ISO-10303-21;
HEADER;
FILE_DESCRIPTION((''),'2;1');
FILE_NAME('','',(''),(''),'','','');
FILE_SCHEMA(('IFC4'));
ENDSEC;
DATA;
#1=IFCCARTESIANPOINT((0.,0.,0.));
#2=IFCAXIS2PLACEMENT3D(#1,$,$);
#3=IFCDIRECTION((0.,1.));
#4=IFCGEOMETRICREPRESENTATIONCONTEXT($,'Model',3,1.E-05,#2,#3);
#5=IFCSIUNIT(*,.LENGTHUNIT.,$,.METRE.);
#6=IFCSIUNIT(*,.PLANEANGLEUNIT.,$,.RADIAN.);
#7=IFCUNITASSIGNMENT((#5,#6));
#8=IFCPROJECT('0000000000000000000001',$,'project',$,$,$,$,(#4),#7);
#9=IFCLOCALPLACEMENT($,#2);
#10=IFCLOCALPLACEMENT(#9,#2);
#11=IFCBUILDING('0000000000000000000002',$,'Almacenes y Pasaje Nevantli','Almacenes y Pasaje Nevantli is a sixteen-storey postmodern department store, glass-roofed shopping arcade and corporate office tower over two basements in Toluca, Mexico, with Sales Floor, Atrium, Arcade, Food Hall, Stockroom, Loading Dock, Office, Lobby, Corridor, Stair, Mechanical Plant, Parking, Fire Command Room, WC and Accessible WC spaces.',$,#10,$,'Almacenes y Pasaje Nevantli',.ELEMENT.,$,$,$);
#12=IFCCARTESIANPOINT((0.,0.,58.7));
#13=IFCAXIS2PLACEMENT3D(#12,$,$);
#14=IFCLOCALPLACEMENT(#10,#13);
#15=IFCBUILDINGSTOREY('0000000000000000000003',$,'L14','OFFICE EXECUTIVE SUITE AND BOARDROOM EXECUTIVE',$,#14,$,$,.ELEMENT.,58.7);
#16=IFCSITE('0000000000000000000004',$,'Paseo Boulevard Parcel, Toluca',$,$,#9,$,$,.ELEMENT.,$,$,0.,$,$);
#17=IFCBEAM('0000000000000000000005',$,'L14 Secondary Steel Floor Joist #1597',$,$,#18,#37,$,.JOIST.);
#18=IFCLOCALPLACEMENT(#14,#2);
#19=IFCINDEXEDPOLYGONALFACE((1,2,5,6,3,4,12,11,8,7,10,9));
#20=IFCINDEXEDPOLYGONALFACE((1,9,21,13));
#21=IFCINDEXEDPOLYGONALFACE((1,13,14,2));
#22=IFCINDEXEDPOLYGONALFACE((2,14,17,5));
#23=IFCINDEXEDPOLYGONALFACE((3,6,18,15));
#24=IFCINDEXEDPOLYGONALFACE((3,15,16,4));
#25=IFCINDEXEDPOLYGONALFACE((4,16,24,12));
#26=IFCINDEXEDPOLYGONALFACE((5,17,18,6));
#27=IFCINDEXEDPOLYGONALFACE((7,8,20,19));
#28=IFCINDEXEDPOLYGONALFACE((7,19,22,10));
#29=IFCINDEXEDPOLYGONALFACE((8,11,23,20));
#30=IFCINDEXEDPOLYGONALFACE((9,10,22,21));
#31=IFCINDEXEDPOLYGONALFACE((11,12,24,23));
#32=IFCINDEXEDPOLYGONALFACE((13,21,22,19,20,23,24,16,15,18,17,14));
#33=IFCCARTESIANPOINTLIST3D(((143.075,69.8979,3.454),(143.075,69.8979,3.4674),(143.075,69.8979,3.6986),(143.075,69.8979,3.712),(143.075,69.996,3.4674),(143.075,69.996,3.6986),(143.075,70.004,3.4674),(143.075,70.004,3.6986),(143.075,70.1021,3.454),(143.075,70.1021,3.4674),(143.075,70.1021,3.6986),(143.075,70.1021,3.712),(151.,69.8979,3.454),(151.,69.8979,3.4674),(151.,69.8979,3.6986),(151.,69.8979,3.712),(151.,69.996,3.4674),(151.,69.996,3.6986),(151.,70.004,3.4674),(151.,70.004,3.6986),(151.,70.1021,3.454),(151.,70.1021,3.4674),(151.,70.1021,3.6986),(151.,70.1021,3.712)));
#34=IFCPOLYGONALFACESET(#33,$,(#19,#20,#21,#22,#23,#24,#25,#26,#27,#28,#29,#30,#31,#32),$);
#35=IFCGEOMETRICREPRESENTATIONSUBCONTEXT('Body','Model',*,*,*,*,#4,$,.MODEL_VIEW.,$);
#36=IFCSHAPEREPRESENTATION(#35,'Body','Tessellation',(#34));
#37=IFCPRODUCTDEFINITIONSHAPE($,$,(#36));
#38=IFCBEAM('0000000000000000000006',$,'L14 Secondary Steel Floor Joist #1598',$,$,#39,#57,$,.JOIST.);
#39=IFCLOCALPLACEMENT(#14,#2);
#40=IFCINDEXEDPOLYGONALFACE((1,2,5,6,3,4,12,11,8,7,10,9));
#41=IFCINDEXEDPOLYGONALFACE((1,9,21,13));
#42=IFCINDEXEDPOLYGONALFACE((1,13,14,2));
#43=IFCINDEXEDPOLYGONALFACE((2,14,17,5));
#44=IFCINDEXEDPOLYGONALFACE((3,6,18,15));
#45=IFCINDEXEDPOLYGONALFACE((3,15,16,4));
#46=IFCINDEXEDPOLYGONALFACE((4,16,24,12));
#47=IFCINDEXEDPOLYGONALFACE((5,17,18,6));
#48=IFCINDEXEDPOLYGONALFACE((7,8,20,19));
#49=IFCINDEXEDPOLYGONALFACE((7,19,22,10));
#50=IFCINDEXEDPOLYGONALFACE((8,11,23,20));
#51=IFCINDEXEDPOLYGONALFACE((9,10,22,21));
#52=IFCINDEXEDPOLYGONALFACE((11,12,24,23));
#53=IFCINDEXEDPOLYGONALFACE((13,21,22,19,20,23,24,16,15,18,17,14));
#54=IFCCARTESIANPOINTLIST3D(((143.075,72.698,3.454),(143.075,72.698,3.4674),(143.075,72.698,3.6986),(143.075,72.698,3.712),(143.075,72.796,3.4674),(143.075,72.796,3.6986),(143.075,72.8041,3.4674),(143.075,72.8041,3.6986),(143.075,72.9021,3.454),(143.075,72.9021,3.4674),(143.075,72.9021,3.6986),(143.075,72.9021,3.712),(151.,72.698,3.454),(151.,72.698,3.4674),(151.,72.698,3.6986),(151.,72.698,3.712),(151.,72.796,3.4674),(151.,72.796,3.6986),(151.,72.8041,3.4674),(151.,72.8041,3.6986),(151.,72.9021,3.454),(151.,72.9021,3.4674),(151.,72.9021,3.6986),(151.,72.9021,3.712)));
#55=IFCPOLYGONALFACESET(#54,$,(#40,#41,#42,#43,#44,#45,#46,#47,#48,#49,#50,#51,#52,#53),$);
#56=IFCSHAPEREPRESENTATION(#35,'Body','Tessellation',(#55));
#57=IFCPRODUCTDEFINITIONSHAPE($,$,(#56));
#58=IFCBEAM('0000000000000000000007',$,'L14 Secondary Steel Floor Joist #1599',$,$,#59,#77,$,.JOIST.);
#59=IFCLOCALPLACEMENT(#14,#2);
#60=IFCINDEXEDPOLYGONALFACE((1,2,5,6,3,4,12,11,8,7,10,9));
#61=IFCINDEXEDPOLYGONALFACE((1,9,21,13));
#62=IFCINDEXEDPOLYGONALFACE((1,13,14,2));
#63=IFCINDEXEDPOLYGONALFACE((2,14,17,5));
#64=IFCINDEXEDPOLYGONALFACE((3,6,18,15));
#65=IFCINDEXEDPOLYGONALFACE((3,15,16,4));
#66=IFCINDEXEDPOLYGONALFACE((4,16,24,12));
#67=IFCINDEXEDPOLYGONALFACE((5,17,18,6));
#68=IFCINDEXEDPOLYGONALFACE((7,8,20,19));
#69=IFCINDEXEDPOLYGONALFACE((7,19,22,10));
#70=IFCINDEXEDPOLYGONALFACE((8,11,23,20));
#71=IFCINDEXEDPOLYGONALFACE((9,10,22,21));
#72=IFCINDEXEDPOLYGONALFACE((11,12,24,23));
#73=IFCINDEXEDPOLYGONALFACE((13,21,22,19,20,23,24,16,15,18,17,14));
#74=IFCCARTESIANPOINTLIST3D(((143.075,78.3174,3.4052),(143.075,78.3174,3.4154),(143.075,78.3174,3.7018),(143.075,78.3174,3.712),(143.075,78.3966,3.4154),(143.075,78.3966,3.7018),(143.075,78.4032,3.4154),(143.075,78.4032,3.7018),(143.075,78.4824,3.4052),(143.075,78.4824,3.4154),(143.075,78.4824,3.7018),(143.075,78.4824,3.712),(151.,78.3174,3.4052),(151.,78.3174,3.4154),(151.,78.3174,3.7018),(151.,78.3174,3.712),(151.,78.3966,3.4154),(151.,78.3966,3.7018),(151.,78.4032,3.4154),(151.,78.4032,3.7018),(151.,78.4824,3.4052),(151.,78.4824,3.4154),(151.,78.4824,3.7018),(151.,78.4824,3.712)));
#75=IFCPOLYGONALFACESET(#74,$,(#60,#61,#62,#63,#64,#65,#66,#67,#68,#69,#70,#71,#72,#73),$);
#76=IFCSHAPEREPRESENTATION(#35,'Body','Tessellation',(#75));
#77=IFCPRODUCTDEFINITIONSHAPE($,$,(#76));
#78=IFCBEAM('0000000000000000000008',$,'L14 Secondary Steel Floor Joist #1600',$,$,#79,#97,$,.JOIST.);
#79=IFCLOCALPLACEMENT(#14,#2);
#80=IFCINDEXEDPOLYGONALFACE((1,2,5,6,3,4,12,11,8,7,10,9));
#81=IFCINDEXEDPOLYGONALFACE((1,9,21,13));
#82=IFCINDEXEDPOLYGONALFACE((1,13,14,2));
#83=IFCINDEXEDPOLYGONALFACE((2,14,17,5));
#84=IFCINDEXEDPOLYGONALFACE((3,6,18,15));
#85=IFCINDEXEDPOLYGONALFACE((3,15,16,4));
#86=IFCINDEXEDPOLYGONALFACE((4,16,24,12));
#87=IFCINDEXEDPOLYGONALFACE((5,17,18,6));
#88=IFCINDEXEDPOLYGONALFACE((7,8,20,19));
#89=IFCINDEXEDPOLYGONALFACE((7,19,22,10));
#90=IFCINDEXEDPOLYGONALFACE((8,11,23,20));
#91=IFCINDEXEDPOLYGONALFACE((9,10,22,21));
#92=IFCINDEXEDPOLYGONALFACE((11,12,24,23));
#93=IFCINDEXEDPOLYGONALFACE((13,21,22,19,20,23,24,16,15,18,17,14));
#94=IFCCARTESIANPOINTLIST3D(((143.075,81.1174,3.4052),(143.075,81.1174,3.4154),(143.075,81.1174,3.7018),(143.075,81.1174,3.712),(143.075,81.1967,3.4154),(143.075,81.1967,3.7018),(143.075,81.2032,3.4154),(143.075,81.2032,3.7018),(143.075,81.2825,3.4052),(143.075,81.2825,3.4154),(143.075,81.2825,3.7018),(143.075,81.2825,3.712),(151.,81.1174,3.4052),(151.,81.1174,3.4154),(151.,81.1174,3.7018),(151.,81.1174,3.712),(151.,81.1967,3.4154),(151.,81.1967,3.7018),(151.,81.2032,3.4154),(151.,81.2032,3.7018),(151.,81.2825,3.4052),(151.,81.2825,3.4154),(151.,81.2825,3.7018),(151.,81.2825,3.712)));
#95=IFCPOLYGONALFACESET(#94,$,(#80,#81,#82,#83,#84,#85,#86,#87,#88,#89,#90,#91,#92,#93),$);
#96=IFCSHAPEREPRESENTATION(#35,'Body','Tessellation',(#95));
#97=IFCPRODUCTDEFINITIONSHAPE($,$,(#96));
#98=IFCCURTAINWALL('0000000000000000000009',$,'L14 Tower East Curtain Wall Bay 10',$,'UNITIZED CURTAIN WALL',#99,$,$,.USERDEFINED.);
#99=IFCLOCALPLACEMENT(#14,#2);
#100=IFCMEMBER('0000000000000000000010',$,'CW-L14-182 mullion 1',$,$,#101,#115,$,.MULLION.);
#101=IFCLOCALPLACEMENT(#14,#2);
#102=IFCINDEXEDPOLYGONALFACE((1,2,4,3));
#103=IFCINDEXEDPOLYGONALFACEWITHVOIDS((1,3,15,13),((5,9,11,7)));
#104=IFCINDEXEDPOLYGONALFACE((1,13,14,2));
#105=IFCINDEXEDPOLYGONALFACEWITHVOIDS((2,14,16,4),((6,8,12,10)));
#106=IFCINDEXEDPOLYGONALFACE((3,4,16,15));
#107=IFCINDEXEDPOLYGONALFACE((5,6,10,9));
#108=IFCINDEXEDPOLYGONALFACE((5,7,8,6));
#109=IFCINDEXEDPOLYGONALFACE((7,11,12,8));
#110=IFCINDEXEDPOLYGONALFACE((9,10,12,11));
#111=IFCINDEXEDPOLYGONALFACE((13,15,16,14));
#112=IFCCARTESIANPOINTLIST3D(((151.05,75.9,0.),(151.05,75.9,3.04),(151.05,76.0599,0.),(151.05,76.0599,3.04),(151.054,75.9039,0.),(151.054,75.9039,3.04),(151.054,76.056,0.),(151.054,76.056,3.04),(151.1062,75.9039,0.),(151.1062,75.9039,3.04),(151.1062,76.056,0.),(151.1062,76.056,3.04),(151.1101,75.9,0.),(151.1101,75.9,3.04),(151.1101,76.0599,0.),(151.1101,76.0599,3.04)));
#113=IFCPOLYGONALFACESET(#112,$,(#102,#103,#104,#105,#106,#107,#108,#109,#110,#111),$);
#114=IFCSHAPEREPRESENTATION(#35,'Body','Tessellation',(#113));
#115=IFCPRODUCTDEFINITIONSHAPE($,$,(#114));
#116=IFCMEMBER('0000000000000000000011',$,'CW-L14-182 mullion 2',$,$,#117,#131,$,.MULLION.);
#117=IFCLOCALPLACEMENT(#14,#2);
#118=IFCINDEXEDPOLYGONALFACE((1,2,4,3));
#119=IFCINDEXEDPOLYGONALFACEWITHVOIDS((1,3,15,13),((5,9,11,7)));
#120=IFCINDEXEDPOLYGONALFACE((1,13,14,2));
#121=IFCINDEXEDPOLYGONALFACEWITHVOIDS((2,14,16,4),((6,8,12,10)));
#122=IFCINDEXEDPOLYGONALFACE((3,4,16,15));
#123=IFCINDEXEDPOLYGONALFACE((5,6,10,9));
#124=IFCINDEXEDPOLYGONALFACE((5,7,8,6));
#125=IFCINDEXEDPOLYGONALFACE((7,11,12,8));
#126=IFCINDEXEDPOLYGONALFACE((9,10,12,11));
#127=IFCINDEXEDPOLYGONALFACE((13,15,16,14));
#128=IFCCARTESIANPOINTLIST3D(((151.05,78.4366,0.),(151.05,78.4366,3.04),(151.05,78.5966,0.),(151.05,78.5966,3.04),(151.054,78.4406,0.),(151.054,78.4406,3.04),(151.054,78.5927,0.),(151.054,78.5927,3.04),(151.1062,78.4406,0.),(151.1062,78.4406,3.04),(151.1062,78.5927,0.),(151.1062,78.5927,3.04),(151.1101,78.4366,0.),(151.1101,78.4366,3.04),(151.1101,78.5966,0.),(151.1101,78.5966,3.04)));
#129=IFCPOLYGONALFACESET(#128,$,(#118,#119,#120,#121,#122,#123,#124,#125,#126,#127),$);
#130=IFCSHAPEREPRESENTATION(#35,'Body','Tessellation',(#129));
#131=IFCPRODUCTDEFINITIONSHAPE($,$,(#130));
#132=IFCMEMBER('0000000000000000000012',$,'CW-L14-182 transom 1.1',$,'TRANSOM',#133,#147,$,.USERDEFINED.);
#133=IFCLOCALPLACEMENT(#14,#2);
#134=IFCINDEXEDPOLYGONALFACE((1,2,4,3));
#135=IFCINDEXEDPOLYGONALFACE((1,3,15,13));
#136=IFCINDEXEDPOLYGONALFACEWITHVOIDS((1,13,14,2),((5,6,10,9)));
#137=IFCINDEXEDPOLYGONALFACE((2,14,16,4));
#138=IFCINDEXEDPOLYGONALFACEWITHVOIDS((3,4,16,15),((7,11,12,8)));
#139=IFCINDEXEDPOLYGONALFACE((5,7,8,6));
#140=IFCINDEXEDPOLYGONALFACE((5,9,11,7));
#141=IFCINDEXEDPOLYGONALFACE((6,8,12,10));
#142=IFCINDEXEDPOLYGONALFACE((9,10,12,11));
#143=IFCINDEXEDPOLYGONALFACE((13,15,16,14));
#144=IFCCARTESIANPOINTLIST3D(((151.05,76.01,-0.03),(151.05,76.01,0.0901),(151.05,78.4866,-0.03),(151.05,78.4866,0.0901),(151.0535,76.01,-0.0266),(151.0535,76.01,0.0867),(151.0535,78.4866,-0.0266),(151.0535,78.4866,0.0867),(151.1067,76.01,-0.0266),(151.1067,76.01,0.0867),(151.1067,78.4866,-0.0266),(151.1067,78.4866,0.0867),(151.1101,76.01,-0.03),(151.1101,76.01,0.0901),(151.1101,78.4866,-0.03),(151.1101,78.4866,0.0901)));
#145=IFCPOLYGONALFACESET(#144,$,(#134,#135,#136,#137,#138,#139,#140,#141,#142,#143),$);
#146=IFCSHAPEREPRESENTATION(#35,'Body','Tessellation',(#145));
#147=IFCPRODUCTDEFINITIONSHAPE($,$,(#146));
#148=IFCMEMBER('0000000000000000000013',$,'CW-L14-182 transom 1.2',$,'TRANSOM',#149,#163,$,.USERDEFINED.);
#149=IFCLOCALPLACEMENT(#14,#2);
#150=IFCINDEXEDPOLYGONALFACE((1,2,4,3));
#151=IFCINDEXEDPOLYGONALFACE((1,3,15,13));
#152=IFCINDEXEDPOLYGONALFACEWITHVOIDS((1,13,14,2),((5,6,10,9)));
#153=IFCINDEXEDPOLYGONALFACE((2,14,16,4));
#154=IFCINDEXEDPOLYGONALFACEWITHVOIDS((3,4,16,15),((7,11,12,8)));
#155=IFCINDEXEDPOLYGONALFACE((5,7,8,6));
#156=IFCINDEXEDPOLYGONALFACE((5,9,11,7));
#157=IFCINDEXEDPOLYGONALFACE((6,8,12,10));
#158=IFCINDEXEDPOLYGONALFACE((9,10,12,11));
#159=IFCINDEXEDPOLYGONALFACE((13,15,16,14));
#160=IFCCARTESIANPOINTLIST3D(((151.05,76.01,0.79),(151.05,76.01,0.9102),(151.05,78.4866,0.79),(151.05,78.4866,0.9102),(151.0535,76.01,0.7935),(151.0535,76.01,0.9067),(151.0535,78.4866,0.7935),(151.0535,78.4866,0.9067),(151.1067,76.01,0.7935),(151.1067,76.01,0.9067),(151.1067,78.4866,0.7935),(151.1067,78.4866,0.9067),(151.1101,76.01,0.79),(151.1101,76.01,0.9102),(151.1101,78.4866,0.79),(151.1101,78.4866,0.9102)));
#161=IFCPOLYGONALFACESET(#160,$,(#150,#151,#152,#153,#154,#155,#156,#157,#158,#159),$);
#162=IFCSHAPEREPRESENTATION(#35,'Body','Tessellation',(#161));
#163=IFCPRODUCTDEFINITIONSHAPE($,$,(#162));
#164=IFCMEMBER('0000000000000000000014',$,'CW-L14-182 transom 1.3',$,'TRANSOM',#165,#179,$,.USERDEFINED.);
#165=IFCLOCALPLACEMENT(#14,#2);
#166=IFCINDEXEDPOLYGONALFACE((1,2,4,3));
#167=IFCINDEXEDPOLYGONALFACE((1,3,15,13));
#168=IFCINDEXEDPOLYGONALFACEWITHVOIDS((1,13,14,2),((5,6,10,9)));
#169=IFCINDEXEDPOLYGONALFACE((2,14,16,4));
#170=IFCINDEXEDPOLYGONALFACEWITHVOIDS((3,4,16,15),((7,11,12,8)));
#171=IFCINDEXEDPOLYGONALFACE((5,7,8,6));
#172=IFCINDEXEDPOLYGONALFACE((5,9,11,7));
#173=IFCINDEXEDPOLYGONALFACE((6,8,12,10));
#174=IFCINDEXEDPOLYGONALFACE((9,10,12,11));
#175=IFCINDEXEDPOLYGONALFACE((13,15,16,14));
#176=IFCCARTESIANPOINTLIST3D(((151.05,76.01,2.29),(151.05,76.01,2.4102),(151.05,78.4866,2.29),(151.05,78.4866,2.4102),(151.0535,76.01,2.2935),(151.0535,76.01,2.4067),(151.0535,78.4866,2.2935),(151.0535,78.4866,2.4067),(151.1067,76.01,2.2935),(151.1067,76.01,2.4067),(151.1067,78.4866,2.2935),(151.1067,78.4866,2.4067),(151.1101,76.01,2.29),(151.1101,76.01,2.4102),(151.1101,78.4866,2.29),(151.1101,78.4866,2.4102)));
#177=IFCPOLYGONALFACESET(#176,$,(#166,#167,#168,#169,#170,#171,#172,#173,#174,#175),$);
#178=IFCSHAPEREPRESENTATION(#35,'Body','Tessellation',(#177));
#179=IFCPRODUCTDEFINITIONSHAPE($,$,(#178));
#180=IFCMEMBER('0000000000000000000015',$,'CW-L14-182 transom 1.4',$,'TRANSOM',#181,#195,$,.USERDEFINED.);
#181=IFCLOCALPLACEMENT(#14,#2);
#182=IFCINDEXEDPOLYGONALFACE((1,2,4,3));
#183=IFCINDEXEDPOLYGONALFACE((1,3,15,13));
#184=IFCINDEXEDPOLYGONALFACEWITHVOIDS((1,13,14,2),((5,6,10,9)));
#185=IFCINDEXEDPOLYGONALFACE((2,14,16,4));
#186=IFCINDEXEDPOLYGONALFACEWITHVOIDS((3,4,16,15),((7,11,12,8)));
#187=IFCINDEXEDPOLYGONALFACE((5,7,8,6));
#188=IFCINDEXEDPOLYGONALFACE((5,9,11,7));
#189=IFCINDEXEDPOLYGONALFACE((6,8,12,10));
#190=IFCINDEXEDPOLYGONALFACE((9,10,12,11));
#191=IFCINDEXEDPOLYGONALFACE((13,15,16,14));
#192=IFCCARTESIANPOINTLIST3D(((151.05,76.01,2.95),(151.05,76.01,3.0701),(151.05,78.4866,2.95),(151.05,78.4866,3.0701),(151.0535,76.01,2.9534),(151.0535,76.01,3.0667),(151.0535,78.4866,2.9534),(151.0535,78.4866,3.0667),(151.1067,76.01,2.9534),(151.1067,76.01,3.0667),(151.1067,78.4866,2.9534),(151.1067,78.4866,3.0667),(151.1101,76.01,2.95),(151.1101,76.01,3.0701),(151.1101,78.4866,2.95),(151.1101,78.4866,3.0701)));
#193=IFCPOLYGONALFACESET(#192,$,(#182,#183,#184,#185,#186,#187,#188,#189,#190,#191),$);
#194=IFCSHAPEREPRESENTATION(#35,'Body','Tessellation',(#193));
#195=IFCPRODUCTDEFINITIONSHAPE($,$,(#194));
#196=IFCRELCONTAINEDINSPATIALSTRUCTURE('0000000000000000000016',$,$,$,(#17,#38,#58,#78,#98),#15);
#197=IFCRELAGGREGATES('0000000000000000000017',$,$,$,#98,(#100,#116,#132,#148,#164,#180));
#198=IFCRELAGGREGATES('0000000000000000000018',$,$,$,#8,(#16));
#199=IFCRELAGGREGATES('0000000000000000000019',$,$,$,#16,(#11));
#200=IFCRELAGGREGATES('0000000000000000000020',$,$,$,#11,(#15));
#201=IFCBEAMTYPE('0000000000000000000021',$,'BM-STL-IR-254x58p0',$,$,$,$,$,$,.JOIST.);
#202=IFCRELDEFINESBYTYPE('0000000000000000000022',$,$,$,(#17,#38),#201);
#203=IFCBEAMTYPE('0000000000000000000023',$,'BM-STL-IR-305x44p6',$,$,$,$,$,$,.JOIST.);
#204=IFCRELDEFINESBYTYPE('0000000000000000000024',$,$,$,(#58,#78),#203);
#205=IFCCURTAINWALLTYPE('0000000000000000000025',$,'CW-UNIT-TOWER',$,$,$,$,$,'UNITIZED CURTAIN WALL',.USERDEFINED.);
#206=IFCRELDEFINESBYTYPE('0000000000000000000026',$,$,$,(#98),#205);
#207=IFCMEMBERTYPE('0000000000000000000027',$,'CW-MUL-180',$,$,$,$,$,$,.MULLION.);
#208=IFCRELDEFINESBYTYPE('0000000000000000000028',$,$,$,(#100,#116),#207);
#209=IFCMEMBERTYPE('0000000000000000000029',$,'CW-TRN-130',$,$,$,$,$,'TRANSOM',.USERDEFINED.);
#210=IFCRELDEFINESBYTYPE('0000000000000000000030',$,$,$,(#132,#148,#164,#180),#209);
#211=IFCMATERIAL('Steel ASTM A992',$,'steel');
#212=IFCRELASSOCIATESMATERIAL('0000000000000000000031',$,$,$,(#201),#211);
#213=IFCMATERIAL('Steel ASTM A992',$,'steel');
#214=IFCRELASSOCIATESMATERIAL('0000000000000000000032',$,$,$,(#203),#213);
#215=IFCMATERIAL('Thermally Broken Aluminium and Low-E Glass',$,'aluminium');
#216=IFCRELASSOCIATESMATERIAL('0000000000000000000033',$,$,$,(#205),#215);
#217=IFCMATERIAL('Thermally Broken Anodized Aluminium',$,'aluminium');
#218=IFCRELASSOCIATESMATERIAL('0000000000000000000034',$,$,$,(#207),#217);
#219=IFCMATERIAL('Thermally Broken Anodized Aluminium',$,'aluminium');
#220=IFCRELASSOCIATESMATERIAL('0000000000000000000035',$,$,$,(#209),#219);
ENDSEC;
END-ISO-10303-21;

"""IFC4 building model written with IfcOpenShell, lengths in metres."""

from ifc_helpers import new_model, si_unit, direction, frame, origin, origin_2d, place, context, subcontext, project, spatial, hollow_rectangle, i_section, extrude, material, material_profile, profile_set, type_object, element, aggregate, save


model = new_model("IFC4")

# Units and contexts
model_context = context("Model", 3, precision=1e-05, world=origin(), true_north=direction((0.0, 1.0)))
body_context = subcontext(model_context, "Body", "Model", "MODEL_VIEW")
ifc_project = project(units=[si_unit("LENGTHUNIT", "METRE"), si_unit("PLANEANGLEUNIT", "RADIAN")], contexts=[model_context])

# Site, building, storey
site_placement = place(None, origin())
site = spatial("IfcSite", under=ifc_project, at=site_placement, Name="Paseo Boulevard Parcel, Toluca", CompositionType="ELEMENT", RefElevation=0.0)
building_placement = place(site_placement, origin())
building = spatial("IfcBuilding", under=site, at=building_placement, Name="Almacenes y Pasaje Nevantli", Description="Almacenes y Pasaje Nevantli is a sixteen-storey postmodern department store, glass-roofed shopping arcade and corporate office tower over two basements in Toluca, Mexico, with Sales Floor, Atrium, Arcade, Food Hall, Stockroom, Loading Dock, Office, Lobby, Corridor, Stair, Mechanical Plant, Parking, Fire Command Room, WC and Accessible WC spaces.", LongName="Almacenes y Pasaje Nevantli", CompositionType="ELEMENT")
storey_placement = place(building_placement, frame((0.0, 0.0, 58.7)))
storey = spatial("IfcBuildingStorey", under=building, at=storey_placement, Name="L14", Description="OFFICE EXECUTIVE SUITE AND BOARDROOM EXECUTIVE", CompositionType="ELEMENT", Elevation=58.7)

# Beams
ifc_material_1 = material(Name="Steel ASTM A992", Category="steel")
ifc_material_profile_1 = material_profile(ifc_material_1, i_section(OverallWidth=0.2041, OverallDepth=0.2581, WebThickness=0.0081, FlangeThickness=0.0134, at=origin_2d()), Name="IR 254x58.0")
ifc_profile_set_1 = profile_set([ifc_material_profile_1], Name="Steel ASTM A992")
beam_type_1 = type_object("IfcBeamType", Name="BM-STL-IR-254x58p0", PredefinedType="JOIST", material=ifc_profile_set_1)
for number, where, z_axis, x_axis, name in (
    (1, (143.075, 70.0, 3.583), (1.0, 0.0, 0.0), (0.0, 1.0, 0.0), "L14 Secondary Steel Floor Joist #1597"),
    (2, (143.075, 72.8, 3.583), (1.0, 0.0, 0.0), (0.0, 1.0, 0.0), "L14 Secondary Steel Floor Joist #1598"),
):
    element("IfcBeam", number, at=place(storey_placement, frame(where, z_axis=z_axis, x_axis=x_axis)), inside=storey, type_object=beam_type_1, Name=name, PredefinedType="JOIST", context=body_context, shape_type="SweptSolid", body=[
        extrude(i_section(OverallWidth=0.2041, OverallDepth=0.2581, WebThickness=0.0081, FlangeThickness=0.0134, at=origin_2d()), origin(), (0.0, 0.0, 1.0), 7.925),
    ])
ifc_material_2 = material(Name="Steel ASTM A992", Category="steel")
ifc_material_profile_2 = material_profile(ifc_material_2, i_section(OverallWidth=0.165, OverallDepth=0.3069, WebThickness=0.0066, FlangeThickness=0.0103, at=origin_2d()), Name="IR 305x44.6")
ifc_profile_set_2 = profile_set([ifc_material_profile_2], Name="Steel ASTM A992")
beam_type_2 = type_object("IfcBeamType", Name="BM-STL-IR-305x44p6", PredefinedType="JOIST", material=ifc_profile_set_2)
for number, where, z_axis, x_axis, name in (
    (3, (143.075, 78.3999, 3.5586), (1.0, 0.0, 0.0), (0.0, 1.0, 0.0), "L14 Secondary Steel Floor Joist #1599"),
    (4, (143.075, 81.2, 3.5586), (1.0, 0.0, 0.0), (0.0, 1.0, 0.0), "L14 Secondary Steel Floor Joist #1600"),
):
    element("IfcBeam", number, at=place(storey_placement, frame(where, z_axis=z_axis, x_axis=x_axis)), inside=storey, type_object=beam_type_2, Name=name, PredefinedType="JOIST", context=body_context, shape_type="SweptSolid", body=[
        extrude(i_section(OverallWidth=0.165, OverallDepth=0.3069, WebThickness=0.0066, FlangeThickness=0.0103, at=origin_2d()), origin(), (0.0, 0.0, 1.0), 7.925),
    ])

# Curtain wall, members
ifc_material_3 = material(Name="Thermally Broken Aluminium and Low-E Glass", Category="aluminium")
curtain_wall_type = type_object("IfcCurtainWallType", Name="CW-UNIT-TOWER", ElementType="UNITIZED CURTAIN WALL", PredefinedType="USERDEFINED", material=ifc_material_3)
curtain_wall_placement = place(storey_placement, origin())
curtain_wall = element("IfcCurtainWall", 5, at=curtain_wall_placement, inside=storey, type_object=curtain_wall_type, Name="L14 Tower East Curtain Wall Bay 10", ObjectType="UNITIZED CURTAIN WALL", PredefinedType="USERDEFINED")
ifc_material_4 = material(Name="Thermally Broken Anodized Aluminium", Category="aluminium")
ifc_material_profile_3 = material_profile(ifc_material_4, hollow_rectangle(XDim=0.0601, YDim=0.1599, WallThickness=0.0039, at=origin_2d()), Name="ALU-MUL-60x160")
ifc_profile_set_3 = profile_set([ifc_material_profile_3], Name="Thermally Broken Anodized Aluminium")
member_type_1 = type_object("IfcMemberType", Name="CW-MUL-180", PredefinedType="MULLION", material=ifc_profile_set_3)
member_1_placement = place(storey_placement, frame((151.0801, 75.98, 0.0), z_axis=(0.0, 0.0, 1.0), x_axis=(-1.0, 0.0, 0.0)))
member_1 = element("IfcMember", 6, at=member_1_placement, type_object=member_type_1, Name="CW-L14-182 mullion 1", PredefinedType="MULLION", context=body_context, shape_type="SweptSolid", body=[
    extrude(hollow_rectangle(XDim=0.0601, YDim=0.1599, WallThickness=0.0039, at=origin_2d()), origin(), (0.0, 0.0, 1.0), 3.04),
])
member_2_placement = place(storey_placement, frame((151.0801, 78.5166, 0.0), z_axis=(0.0, 0.0, 1.0), x_axis=(-1.0, 0.0, 0.0)))
member_2 = element("IfcMember", 7, at=member_2_placement, type_object=member_type_1, Name="CW-L14-182 mullion 2", PredefinedType="MULLION", context=body_context, shape_type="SweptSolid", body=[
    extrude(hollow_rectangle(XDim=0.0601, YDim=0.1599, WallThickness=0.0039, at=origin_2d()), origin(), (0.0, 0.0, 1.0), 3.04),
])
ifc_material_5 = material(Name="Thermally Broken Anodized Aluminium", Category="aluminium")
ifc_material_profile_4 = material_profile(ifc_material_5, hollow_rectangle(XDim=0.0601, YDim=0.1201, WallThickness=0.0034, at=origin_2d()), Name="ALU-TRN-60x120")
ifc_profile_set_4 = profile_set([ifc_material_profile_4], Name="Thermally Broken Anodized Aluminium")
member_type_2 = type_object("IfcMemberType", Name="CW-TRN-130", ElementType="TRANSOM", PredefinedType="USERDEFINED", material=ifc_profile_set_4)
member_3_placement = place(storey_placement, frame((151.0801, 76.01, 0.03), z_axis=(0.0, 1.0, 0.0), x_axis=(-1.0, 0.0, 0.0)))
member_3 = element("IfcMember", 8, at=member_3_placement, type_object=member_type_2, Name="CW-L14-182 transom 1.1", ObjectType="TRANSOM", PredefinedType="USERDEFINED", context=body_context, shape_type="SweptSolid", body=[
    extrude(hollow_rectangle(XDim=0.0601, YDim=0.1201, WallThickness=0.0034, at=origin_2d()), origin(), (0.0, 0.0, 1.0), 2.4766),
])
member_4_placement = place(storey_placement, frame((151.0801, 76.01, 0.8501), z_axis=(0.0, 1.0, 0.0), x_axis=(-1.0, 0.0, 0.0)))
member_4 = element("IfcMember", 9, at=member_4_placement, type_object=member_type_2, Name="CW-L14-182 transom 1.2", ObjectType="TRANSOM", PredefinedType="USERDEFINED", context=body_context, shape_type="SweptSolid", body=[
    extrude(hollow_rectangle(XDim=0.0601, YDim=0.1201, WallThickness=0.0034, at=origin_2d()), origin(), (0.0, 0.0, 1.0), 2.4766),
])
member_5_placement = place(storey_placement, frame((151.0801, 76.01, 2.3501), z_axis=(0.0, 1.0, 0.0), x_axis=(-1.0, 0.0, 0.0)))
member_5 = element("IfcMember", 10, at=member_5_placement, type_object=member_type_2, Name="CW-L14-182 transom 1.3", ObjectType="TRANSOM", PredefinedType="USERDEFINED", context=body_context, shape_type="SweptSolid", body=[
    extrude(hollow_rectangle(XDim=0.0601, YDim=0.1201, WallThickness=0.0034, at=origin_2d()), origin(), (0.0, 0.0, 1.0), 2.4766),
])
member_6_placement = place(storey_placement, frame((151.0801, 76.01, 3.01), z_axis=(0.0, 1.0, 0.0), x_axis=(-1.0, 0.0, 0.0)))
member_6 = element("IfcMember", 11, at=member_6_placement, type_object=member_type_2, Name="CW-L14-182 transom 1.4", ObjectType="TRANSOM", PredefinedType="USERDEFINED", context=body_context, shape_type="SweptSolid", body=[
    extrude(hollow_rectangle(XDim=0.0601, YDim=0.1201, WallThickness=0.0034, at=origin_2d()), origin(), (0.0, 0.0, 1.0), 2.4766),
])
aggregate(curtain_wall, [member_1, member_2, member_3, member_4, member_5, member_6])

save(model, "model.ifc")
